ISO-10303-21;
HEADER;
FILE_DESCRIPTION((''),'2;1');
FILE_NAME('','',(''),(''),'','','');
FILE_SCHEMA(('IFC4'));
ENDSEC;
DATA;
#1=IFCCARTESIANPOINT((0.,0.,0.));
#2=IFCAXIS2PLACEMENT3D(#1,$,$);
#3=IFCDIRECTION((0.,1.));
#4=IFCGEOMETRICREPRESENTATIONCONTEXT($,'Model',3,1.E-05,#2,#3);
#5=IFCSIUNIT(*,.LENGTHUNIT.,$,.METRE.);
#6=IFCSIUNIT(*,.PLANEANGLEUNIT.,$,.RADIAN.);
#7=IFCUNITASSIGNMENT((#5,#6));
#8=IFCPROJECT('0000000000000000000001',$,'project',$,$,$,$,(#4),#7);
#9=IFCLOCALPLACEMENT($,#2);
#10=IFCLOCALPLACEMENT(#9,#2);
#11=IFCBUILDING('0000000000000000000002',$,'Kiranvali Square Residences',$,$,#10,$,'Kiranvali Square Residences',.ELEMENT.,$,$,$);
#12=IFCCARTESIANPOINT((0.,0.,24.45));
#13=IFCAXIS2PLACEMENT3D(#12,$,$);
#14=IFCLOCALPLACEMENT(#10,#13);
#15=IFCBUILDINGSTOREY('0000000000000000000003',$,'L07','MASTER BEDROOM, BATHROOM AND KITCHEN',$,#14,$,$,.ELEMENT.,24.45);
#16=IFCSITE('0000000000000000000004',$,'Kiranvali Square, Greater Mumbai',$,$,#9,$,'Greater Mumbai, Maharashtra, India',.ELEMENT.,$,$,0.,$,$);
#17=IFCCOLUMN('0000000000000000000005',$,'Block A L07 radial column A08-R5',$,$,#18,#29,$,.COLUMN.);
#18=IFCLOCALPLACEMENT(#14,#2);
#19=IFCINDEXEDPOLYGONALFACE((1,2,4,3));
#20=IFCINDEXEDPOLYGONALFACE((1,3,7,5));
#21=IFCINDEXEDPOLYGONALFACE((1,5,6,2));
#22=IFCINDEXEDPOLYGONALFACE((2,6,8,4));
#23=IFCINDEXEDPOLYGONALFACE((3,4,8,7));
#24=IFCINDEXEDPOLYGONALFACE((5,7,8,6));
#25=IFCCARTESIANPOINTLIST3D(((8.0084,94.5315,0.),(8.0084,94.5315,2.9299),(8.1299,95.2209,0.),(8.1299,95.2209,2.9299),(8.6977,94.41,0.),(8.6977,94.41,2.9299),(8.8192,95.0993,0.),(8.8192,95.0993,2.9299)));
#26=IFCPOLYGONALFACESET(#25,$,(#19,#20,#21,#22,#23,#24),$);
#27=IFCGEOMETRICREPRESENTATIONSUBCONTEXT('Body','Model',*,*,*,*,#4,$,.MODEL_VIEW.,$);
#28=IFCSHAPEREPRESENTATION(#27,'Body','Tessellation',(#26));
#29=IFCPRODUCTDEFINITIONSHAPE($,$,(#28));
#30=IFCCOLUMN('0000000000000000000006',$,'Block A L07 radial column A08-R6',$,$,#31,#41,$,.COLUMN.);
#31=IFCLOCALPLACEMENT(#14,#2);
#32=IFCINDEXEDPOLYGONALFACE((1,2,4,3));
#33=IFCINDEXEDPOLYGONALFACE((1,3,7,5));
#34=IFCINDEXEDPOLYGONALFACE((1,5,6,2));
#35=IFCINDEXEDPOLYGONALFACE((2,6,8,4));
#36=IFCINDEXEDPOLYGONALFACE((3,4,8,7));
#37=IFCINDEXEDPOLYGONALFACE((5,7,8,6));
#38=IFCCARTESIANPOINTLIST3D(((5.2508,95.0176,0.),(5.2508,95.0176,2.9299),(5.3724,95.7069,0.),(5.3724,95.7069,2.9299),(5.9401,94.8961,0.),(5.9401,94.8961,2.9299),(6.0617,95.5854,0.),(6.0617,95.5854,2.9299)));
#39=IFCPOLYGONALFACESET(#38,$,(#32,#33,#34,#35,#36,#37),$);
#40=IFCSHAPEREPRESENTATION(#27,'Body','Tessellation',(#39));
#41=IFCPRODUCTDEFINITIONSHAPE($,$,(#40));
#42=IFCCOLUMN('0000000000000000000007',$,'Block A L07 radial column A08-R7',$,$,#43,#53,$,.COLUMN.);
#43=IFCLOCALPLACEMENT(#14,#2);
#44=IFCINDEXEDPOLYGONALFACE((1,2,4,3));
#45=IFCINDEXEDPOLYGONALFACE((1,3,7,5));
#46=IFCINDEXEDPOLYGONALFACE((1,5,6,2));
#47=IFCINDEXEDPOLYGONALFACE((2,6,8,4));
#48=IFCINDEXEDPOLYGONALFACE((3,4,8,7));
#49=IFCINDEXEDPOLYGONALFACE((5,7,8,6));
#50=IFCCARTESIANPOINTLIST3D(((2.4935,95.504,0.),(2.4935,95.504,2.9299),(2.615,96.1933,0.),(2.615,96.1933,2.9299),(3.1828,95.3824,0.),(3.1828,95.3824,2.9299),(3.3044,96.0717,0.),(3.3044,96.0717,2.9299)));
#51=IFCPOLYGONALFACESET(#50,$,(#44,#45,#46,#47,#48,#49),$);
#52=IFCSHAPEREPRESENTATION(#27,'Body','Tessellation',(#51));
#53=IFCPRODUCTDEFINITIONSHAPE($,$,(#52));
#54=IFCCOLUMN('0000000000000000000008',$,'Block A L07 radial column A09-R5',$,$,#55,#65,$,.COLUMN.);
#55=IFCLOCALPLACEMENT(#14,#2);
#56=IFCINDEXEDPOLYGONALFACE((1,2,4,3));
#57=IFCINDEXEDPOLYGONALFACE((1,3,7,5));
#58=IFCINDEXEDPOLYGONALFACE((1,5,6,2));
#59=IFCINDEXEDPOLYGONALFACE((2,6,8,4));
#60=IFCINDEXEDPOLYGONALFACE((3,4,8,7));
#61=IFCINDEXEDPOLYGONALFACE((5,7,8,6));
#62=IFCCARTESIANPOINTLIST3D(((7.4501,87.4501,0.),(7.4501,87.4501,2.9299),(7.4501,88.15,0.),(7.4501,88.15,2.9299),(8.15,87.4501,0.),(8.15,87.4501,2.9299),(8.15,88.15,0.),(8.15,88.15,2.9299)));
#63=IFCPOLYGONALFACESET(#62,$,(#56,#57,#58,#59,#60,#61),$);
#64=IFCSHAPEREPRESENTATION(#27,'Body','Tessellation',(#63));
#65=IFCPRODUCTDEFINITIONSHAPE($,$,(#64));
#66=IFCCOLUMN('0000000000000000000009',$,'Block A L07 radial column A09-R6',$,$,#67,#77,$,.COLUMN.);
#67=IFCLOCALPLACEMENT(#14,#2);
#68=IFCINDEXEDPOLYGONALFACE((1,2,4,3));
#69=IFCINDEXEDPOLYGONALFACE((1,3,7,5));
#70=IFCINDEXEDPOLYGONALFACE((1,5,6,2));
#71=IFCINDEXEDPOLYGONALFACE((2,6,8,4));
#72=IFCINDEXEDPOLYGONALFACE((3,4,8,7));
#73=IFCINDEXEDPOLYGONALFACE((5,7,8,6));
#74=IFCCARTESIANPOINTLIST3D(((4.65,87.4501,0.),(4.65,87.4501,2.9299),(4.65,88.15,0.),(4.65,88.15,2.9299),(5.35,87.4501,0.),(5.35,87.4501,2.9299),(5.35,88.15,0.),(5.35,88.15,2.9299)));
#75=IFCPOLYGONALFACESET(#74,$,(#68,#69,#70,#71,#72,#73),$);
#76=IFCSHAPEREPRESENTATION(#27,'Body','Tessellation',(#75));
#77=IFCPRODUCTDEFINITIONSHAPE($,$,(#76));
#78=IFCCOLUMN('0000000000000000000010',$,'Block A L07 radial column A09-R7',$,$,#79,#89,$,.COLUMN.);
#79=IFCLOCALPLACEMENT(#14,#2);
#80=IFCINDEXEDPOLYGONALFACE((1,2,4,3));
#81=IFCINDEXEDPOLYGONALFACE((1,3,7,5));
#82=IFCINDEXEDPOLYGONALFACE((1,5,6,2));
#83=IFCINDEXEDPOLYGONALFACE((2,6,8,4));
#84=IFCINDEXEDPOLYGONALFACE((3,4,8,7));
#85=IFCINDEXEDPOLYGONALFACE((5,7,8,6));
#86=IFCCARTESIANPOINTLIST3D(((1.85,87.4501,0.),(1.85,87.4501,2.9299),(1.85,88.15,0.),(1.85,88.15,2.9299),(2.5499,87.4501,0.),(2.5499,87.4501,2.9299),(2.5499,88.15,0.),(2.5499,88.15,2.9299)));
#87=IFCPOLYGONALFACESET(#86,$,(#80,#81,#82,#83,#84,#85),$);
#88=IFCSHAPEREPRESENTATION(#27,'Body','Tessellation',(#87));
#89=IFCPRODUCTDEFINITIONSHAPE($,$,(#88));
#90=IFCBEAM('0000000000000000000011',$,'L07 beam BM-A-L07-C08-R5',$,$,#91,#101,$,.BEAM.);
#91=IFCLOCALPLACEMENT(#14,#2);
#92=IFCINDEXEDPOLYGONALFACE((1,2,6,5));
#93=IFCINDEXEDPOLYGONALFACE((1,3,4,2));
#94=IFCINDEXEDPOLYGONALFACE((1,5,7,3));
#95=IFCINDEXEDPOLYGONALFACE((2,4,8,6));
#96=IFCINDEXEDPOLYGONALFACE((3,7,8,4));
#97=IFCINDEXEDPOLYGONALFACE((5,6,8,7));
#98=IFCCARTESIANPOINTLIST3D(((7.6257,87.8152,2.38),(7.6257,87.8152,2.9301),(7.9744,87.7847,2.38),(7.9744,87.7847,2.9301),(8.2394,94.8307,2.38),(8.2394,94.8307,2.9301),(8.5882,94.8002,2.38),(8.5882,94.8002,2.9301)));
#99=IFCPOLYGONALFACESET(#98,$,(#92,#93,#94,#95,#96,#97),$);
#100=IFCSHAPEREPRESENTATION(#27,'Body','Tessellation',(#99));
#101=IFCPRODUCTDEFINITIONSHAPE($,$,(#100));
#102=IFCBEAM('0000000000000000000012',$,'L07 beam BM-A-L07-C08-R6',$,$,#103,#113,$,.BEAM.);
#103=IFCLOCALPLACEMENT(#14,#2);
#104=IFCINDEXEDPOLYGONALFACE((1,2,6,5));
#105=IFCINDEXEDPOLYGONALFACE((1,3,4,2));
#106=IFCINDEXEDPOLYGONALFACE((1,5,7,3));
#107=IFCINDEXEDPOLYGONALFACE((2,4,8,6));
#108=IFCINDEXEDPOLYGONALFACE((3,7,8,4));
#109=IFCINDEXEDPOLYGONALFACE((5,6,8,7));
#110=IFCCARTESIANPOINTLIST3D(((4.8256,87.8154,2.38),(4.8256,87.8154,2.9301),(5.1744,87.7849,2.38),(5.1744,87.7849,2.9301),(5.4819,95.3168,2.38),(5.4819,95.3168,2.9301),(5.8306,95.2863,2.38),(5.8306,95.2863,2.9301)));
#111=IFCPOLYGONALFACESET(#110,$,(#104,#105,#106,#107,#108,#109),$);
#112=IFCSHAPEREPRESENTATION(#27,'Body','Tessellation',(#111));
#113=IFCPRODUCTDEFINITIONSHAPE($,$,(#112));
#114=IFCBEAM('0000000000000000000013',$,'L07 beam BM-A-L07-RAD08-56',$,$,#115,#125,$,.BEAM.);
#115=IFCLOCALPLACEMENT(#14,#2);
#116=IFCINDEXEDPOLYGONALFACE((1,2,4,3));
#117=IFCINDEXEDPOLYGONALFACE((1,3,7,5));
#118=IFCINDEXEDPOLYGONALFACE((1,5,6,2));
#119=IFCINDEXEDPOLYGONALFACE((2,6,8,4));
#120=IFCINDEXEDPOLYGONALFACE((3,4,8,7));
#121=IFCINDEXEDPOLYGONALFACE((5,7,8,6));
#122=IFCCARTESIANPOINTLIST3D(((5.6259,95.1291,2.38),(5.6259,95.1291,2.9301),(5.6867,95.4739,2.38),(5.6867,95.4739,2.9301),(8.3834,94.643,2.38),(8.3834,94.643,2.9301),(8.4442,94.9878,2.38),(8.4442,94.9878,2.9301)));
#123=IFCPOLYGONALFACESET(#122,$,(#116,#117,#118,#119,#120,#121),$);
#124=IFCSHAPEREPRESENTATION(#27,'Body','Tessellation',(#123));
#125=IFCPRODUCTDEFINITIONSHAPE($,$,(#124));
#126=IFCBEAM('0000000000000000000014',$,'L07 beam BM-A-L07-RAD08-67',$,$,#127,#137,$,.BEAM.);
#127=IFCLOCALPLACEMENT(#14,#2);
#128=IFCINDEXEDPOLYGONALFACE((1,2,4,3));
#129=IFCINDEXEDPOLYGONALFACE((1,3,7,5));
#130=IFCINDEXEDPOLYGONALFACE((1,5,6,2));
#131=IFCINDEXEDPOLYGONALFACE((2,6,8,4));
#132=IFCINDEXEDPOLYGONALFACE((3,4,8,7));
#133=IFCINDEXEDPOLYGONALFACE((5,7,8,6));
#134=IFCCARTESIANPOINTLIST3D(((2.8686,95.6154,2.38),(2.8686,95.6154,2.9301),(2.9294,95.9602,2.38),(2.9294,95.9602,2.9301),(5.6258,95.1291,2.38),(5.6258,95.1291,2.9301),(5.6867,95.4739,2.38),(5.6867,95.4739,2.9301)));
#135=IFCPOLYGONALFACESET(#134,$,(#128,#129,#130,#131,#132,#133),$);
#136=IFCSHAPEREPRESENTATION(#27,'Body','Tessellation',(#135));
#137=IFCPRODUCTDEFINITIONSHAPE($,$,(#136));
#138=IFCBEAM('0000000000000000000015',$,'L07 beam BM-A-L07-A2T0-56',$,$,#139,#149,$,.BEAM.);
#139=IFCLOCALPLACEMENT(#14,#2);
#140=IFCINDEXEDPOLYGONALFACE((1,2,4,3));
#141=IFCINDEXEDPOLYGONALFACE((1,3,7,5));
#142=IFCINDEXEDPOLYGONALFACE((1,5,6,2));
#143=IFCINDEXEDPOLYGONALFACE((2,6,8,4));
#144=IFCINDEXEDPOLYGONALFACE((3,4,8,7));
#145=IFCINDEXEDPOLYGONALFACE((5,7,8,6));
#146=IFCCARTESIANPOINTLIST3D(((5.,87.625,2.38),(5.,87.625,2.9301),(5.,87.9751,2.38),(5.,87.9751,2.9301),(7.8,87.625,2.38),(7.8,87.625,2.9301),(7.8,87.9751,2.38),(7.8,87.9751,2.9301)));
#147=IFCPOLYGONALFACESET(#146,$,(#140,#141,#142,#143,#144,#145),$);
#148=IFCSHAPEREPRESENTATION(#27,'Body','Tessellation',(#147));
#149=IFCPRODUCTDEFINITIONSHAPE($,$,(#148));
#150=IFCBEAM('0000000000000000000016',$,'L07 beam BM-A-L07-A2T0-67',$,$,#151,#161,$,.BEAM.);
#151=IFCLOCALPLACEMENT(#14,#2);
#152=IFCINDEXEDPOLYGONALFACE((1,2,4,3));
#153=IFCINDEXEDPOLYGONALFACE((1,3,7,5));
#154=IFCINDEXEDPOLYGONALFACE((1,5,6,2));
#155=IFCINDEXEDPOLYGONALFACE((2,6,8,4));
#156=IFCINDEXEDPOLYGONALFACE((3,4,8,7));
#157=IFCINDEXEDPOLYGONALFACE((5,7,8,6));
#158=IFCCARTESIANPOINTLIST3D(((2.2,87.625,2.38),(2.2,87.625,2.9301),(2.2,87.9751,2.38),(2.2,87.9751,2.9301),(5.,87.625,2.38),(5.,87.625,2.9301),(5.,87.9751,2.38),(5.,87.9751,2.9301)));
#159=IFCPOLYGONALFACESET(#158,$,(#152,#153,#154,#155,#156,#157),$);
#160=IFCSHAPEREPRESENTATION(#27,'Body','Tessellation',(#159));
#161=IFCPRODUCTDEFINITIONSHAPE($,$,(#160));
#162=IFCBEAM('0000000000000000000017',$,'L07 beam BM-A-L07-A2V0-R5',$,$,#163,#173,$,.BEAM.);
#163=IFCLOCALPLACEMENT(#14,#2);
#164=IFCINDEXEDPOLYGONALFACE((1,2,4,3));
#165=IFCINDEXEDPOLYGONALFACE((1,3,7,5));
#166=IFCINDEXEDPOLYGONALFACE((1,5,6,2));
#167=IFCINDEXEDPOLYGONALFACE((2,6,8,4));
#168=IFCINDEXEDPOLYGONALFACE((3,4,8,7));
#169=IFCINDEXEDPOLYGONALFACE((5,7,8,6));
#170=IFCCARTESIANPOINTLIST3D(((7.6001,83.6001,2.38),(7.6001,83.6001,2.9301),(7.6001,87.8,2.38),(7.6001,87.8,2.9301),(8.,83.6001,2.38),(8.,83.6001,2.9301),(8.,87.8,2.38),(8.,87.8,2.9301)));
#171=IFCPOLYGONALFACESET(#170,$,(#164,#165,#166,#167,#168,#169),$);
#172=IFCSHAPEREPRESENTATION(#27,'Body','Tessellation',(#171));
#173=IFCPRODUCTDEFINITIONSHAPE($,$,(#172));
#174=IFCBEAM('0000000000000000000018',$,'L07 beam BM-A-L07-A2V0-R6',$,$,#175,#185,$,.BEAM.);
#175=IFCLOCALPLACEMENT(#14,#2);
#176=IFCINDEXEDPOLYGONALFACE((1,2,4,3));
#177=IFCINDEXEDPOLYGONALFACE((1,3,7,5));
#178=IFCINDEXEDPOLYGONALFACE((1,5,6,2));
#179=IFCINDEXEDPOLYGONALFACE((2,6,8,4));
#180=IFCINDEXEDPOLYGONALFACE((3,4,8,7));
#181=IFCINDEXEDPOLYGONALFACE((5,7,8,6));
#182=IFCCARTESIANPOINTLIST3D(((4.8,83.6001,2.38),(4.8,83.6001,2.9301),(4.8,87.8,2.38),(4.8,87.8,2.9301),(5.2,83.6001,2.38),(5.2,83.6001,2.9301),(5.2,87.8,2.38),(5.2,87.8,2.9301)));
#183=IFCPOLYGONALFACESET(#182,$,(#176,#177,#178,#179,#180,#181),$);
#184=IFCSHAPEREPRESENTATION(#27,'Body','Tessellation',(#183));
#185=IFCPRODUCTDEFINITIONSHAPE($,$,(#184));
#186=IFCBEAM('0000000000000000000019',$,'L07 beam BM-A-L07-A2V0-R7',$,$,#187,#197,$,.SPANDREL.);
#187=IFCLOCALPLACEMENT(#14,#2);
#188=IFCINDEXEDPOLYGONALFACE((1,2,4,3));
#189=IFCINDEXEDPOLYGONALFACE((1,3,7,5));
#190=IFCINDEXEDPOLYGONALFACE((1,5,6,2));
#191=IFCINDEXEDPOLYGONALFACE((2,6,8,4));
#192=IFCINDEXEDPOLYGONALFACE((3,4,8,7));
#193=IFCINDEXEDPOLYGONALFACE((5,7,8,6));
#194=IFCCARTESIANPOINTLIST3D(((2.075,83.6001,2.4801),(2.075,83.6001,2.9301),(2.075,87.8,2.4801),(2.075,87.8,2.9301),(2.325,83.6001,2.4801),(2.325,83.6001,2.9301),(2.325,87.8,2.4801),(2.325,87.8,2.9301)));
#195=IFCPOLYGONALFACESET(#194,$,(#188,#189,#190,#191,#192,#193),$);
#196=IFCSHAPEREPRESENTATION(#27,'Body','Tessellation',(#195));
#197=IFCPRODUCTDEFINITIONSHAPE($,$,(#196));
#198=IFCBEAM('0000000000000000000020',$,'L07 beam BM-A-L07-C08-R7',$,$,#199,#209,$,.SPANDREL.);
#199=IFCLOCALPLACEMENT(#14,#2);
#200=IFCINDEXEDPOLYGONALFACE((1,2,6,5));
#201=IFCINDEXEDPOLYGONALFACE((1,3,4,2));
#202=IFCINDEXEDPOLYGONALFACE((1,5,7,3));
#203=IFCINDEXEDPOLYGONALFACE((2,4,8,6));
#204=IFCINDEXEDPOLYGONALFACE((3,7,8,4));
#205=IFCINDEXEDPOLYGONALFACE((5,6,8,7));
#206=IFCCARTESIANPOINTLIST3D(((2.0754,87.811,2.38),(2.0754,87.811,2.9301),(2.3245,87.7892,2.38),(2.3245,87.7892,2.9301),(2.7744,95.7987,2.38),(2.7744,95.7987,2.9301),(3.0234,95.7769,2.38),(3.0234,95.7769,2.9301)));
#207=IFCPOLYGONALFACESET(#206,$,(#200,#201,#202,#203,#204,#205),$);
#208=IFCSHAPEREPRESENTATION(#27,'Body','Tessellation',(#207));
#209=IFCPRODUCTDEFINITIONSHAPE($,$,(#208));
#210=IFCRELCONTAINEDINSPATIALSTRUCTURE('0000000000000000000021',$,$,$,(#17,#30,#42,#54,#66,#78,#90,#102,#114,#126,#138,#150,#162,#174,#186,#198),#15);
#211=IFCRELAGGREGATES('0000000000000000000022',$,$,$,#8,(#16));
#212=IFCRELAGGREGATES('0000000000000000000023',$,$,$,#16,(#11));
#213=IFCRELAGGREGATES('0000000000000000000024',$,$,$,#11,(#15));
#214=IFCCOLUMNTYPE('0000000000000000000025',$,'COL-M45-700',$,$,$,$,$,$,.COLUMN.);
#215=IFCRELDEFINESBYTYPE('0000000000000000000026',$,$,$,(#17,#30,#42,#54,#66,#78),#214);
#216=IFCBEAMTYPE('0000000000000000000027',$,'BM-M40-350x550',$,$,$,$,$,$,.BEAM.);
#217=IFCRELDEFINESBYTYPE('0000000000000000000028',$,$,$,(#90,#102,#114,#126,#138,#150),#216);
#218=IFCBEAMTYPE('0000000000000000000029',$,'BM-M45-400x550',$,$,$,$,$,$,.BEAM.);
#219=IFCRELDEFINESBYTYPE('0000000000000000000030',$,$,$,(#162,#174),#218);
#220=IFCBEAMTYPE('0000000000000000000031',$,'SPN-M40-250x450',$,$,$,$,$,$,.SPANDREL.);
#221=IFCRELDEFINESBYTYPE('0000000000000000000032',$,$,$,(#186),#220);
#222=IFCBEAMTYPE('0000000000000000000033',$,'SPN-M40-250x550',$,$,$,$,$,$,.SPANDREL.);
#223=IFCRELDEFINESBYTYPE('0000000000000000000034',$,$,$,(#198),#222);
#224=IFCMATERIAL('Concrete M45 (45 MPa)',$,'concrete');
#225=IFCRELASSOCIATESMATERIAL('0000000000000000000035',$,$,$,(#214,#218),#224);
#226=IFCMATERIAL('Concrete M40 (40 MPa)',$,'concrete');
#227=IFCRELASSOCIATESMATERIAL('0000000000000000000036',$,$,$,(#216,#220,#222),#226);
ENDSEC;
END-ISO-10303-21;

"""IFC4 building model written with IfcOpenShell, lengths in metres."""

from ifc_helpers import new_model, si_unit, direction, frame, origin, origin_2d, place, context, subcontext, project, spatial, rectangle, extrude, material, material_profile, profile_set, type_object, element, save


model = new_model("IFC4")

# Units and contexts
model_context = context("Model", 3, precision=1e-05, world=origin(), true_north=direction((0.0, 1.0)))
body_context = subcontext(model_context, "Body", "Model", "MODEL_VIEW")
ifc_project = project(units=[si_unit("LENGTHUNIT", "METRE"), si_unit("PLANEANGLEUNIT", "RADIAN")], contexts=[model_context])

# Site, building, storey
site_placement = place(None, origin())
site = spatial("IfcSite", under=ifc_project, at=site_placement, Name="Kiranvali Square, Greater Mumbai", LongName="Greater Mumbai, Maharashtra, India", CompositionType="ELEMENT", RefElevation=0.0)
building_placement = place(site_placement, origin())
building = spatial("IfcBuilding", under=site, at=building_placement, Name="Kiranvali Square Residences", LongName="Kiranvali Square Residences", CompositionType="ELEMENT")
storey_placement = place(building_placement, frame((0.0, 0.0, 24.45)))
storey = spatial("IfcBuildingStorey", under=building, at=storey_placement, Name="L07", Description="MASTER BEDROOM, BATHROOM AND KITCHEN", CompositionType="ELEMENT", Elevation=24.45)

# Columns
ifc_material_1 = material(Name="Concrete M45 (45 MPa)", Category="concrete")
ifc_material_profile_1 = material_profile(ifc_material_1, rectangle(XDim=0.7, YDim=0.7, at=origin_2d()), Name="RC 700x700")
ifc_profile_set_1 = profile_set([ifc_material_profile_1], Name="Concrete M45 (45 MPa)")
column_type = type_object("IfcColumnType", Name="COL-M45-700", PredefinedType="COLUMN", material=ifc_profile_set_1)
for number, where, z_axis, x_axis, name in (
    (1, (8.4138, 94.8154, 0.0), (0.0, 0.0, 1.0), (0.173648, 0.984808, 0.0), "Block A L07 radial column A08-R5"),
    (2, (5.6562, 95.3015, 0.0), (0.0, 0.0, 1.0), (0.173648, 0.984808, 0.0), "Block A L07 radial column A08-R6"),
    (3, (2.8989, 95.7878, 0.0), (0.0, 0.0, 1.0), (0.173648, 0.984808, 0.0), "Block A L07 radial column A08-R7"),
    (4, (7.8, 87.8, 0.0), (0.0, 0.0, 1.0), (0.0, 1.0, 0.0), "Block A L07 radial column A09-R5"),
    (5, (5.0, 87.8, 0.0), (0.0, 0.0, 1.0), (0.0, 1.0, 0.0), "Block A L07 radial column A09-R6"),
    (6, (2.2, 87.8, 0.0), (0.0, 0.0, 1.0), (0.0, 1.0, 0.0), "Block A L07 radial column A09-R7"),
):
    element("IfcColumn", number, at=place(storey_placement, frame(where, z_axis=z_axis, x_axis=x_axis)), inside=storey, type_object=column_type, Name=name, PredefinedType="COLUMN", context=body_context, shape_type="SweptSolid", body=[
        extrude(rectangle(XDim=0.7, YDim=0.7, at=origin_2d()), origin(), (0.0, 0.0, 1.0), 2.9299),
    ])

# Beams
ifc_material_2 = material(Name="Concrete M40 (40 MPa)", Category="concrete")
ifc_material_profile_2 = material_profile(ifc_material_2, rectangle(XDim=0.3501, YDim=0.55, at=origin_2d()), Name="RC 350x550")
ifc_profile_set_2 = profile_set([ifc_material_profile_2], Name="Concrete M40 (40 MPa)")
beam_type_1 = type_object("IfcBeamType", Name="BM-M40-350x550", PredefinedType="BEAM", material=ifc_profile_set_2)
beam_1_placement = place(storey_placement, frame((8.4138, 94.8154, 2.655), z_axis=(-0.087156, -0.996195, 0.0), x_axis=(0.996195, -0.087156, 0.0)))
element("IfcBeam", 7, at=beam_1_placement, inside=storey, type_object=beam_type_1, Name="L07 beam BM-A-L07-C08-R5", PredefinedType="BEAM", context=body_context, shape_type="SweptSolid", body=[
    extrude(rectangle(XDim=0.3501, YDim=0.55, at=origin_2d()), origin(), (0.0, 0.0, 1.0), 7.0422),
])
beam_2_placement = place(storey_placement, frame((5.6562, 95.3015, 2.655), z_axis=(-0.08715, -0.996195, 0.0), x_axis=(0.996195, -0.08715, 0.0)))
element("IfcBeam", 8, at=beam_2_placement, inside=storey, type_object=beam_type_1, Name="L07 beam BM-A-L07-C08-R6", PredefinedType="BEAM", context=body_context, shape_type="SweptSolid", body=[
    extrude(rectangle(XDim=0.3501, YDim=0.55, at=origin_2d()), origin(), (0.0, 0.0, 1.0), 7.53),
])
beam_3_placement = place(storey_placement, frame((8.4138, 94.8154, 2.655), z_axis=(-0.984817, 0.173596, 0.0), x_axis=(-0.173596, -0.984817, 0.0)))
element("IfcBeam", 9, at=beam_3_placement, inside=storey, type_object=beam_type_1, Name="L07 beam BM-A-L07-RAD08-56", PredefinedType="BEAM", context=body_context, shape_type="SweptSolid", body=[
    extrude(rectangle(XDim=0.3501, YDim=0.55, at=origin_2d()), origin(), (0.0, 0.0, 1.0), 2.8),
])
beam_4_placement = place(storey_placement, frame((5.6562, 95.3015, 2.655), z_axis=(-0.984799, 0.173696, 0.0), x_axis=(-0.173696, -0.984799, 0.0)))
element("IfcBeam", 10, at=beam_4_placement, inside=storey, type_object=beam_type_1, Name="L07 beam BM-A-L07-RAD08-67", PredefinedType="BEAM", context=body_context, shape_type="SweptSolid", body=[
    extrude(rectangle(XDim=0.3501, YDim=0.55, at=origin_2d()), origin(), (0.0, 0.0, 1.0), 2.7998),
])
for number, where, z_axis, x_axis, name in (
    (11, (7.8, 87.8, 2.655), (-1.0, 0.0, 0.0), (0.0, -1.0, 0.0), "L07 beam BM-A-L07-A2T0-56"),
    (12, (5.0, 87.8, 2.655), (-1.0, 0.0, 0.0), (0.0, -1.0, 0.0), "L07 beam BM-A-L07-A2T0-67"),
):
    element("IfcBeam", number, at=place(storey_placement, frame(where, z_axis=z_axis, x_axis=x_axis)), inside=storey, type_object=beam_type_1, Name=name, PredefinedType="BEAM", context=body_context, shape_type="SweptSolid", body=[
        extrude(rectangle(XDim=0.3501, YDim=0.55, at=origin_2d()), origin(), (0.0, 0.0, 1.0), 2.8),
    ])
ifc_material_profile_3 = material_profile(ifc_material_1, rectangle(XDim=0.3999, YDim=0.55, at=origin_2d()), Name="RC 400x550")
ifc_profile_set_3 = profile_set([ifc_material_profile_3], Name="Concrete M45 (45 MPa)")
beam_type_2 = type_object("IfcBeamType", Name="BM-M45-400x550", PredefinedType="BEAM", material=ifc_profile_set_3)
for number, where, z_axis, x_axis, name in (
    (13, (7.8, 87.8, 2.655), (0.0, -1.0, 0.0), (1.0, 0.0, 0.0), "L07 beam BM-A-L07-A2V0-R5"),
    (14, (5.0, 87.8, 2.655), (0.0, -1.0, 0.0), (1.0, 0.0, 0.0), "L07 beam BM-A-L07-A2V0-R6"),
):
    element("IfcBeam", number, at=place(storey_placement, frame(where, z_axis=z_axis, x_axis=x_axis)), inside=storey, type_object=beam_type_2, Name=name, PredefinedType="BEAM", context=body_context, shape_type="SweptSolid", body=[
        extrude(rectangle(XDim=0.3999, YDim=0.55, at=origin_2d()), origin(), (0.0, 0.0, 1.0), 4.2),
    ])
ifc_material_profile_4 = material_profile(ifc_material_2, rectangle(XDim=0.25, YDim=0.45, at=origin_2d()), Name="RC 250x450")
ifc_profile_set_4 = profile_set([ifc_material_profile_4], Name="Concrete M40 (40 MPa)")
beam_type_3 = type_object("IfcBeamType", Name="SPN-M40-250x450", PredefinedType="SPANDREL", material=ifc_profile_set_4)
beam_5_placement = place(storey_placement, frame((2.2, 87.8, 2.7051), z_axis=(0.0, -1.0, 0.0), x_axis=(1.0, 0.0, 0.0)))
element("IfcBeam", 15, at=beam_5_placement, inside=storey, type_object=beam_type_3, Name="L07 beam BM-A-L07-A2V0-R7", PredefinedType="SPANDREL", context=body_context, shape_type="SweptSolid", body=[
    extrude(rectangle(XDim=0.25, YDim=0.45, at=origin_2d()), origin(), (0.0, 0.0, 1.0), 4.2),
])
ifc_material_profile_5 = material_profile(ifc_material_2, rectangle(XDim=0.25, YDim=0.55, at=origin_2d()), Name="RC 250x550")
ifc_profile_set_5 = profile_set([ifc_material_profile_5], Name="Concrete M40 (40 MPa)")
beam_type_4 = type_object("IfcBeamType", Name="SPN-M40-250x550", PredefinedType="SPANDREL", material=ifc_profile_set_5)
beam_6_placement = place(storey_placement, frame((2.8989, 95.7878, 2.655), z_axis=(-0.087172, -0.996193, 0.0), x_axis=(0.996193, -0.087172, 0.0)))
element("IfcBeam", 16, at=beam_6_placement, inside=storey, type_object=beam_type_4, Name="L07 beam BM-A-L07-C08-R7", PredefinedType="SPANDREL", context=body_context, shape_type="SweptSolid", body=[
    extrude(rectangle(XDim=0.25, YDim=0.55, at=origin_2d()), origin(), (0.0, 0.0, 1.0), 8.0183),
])

save(model, "model.ifc")
